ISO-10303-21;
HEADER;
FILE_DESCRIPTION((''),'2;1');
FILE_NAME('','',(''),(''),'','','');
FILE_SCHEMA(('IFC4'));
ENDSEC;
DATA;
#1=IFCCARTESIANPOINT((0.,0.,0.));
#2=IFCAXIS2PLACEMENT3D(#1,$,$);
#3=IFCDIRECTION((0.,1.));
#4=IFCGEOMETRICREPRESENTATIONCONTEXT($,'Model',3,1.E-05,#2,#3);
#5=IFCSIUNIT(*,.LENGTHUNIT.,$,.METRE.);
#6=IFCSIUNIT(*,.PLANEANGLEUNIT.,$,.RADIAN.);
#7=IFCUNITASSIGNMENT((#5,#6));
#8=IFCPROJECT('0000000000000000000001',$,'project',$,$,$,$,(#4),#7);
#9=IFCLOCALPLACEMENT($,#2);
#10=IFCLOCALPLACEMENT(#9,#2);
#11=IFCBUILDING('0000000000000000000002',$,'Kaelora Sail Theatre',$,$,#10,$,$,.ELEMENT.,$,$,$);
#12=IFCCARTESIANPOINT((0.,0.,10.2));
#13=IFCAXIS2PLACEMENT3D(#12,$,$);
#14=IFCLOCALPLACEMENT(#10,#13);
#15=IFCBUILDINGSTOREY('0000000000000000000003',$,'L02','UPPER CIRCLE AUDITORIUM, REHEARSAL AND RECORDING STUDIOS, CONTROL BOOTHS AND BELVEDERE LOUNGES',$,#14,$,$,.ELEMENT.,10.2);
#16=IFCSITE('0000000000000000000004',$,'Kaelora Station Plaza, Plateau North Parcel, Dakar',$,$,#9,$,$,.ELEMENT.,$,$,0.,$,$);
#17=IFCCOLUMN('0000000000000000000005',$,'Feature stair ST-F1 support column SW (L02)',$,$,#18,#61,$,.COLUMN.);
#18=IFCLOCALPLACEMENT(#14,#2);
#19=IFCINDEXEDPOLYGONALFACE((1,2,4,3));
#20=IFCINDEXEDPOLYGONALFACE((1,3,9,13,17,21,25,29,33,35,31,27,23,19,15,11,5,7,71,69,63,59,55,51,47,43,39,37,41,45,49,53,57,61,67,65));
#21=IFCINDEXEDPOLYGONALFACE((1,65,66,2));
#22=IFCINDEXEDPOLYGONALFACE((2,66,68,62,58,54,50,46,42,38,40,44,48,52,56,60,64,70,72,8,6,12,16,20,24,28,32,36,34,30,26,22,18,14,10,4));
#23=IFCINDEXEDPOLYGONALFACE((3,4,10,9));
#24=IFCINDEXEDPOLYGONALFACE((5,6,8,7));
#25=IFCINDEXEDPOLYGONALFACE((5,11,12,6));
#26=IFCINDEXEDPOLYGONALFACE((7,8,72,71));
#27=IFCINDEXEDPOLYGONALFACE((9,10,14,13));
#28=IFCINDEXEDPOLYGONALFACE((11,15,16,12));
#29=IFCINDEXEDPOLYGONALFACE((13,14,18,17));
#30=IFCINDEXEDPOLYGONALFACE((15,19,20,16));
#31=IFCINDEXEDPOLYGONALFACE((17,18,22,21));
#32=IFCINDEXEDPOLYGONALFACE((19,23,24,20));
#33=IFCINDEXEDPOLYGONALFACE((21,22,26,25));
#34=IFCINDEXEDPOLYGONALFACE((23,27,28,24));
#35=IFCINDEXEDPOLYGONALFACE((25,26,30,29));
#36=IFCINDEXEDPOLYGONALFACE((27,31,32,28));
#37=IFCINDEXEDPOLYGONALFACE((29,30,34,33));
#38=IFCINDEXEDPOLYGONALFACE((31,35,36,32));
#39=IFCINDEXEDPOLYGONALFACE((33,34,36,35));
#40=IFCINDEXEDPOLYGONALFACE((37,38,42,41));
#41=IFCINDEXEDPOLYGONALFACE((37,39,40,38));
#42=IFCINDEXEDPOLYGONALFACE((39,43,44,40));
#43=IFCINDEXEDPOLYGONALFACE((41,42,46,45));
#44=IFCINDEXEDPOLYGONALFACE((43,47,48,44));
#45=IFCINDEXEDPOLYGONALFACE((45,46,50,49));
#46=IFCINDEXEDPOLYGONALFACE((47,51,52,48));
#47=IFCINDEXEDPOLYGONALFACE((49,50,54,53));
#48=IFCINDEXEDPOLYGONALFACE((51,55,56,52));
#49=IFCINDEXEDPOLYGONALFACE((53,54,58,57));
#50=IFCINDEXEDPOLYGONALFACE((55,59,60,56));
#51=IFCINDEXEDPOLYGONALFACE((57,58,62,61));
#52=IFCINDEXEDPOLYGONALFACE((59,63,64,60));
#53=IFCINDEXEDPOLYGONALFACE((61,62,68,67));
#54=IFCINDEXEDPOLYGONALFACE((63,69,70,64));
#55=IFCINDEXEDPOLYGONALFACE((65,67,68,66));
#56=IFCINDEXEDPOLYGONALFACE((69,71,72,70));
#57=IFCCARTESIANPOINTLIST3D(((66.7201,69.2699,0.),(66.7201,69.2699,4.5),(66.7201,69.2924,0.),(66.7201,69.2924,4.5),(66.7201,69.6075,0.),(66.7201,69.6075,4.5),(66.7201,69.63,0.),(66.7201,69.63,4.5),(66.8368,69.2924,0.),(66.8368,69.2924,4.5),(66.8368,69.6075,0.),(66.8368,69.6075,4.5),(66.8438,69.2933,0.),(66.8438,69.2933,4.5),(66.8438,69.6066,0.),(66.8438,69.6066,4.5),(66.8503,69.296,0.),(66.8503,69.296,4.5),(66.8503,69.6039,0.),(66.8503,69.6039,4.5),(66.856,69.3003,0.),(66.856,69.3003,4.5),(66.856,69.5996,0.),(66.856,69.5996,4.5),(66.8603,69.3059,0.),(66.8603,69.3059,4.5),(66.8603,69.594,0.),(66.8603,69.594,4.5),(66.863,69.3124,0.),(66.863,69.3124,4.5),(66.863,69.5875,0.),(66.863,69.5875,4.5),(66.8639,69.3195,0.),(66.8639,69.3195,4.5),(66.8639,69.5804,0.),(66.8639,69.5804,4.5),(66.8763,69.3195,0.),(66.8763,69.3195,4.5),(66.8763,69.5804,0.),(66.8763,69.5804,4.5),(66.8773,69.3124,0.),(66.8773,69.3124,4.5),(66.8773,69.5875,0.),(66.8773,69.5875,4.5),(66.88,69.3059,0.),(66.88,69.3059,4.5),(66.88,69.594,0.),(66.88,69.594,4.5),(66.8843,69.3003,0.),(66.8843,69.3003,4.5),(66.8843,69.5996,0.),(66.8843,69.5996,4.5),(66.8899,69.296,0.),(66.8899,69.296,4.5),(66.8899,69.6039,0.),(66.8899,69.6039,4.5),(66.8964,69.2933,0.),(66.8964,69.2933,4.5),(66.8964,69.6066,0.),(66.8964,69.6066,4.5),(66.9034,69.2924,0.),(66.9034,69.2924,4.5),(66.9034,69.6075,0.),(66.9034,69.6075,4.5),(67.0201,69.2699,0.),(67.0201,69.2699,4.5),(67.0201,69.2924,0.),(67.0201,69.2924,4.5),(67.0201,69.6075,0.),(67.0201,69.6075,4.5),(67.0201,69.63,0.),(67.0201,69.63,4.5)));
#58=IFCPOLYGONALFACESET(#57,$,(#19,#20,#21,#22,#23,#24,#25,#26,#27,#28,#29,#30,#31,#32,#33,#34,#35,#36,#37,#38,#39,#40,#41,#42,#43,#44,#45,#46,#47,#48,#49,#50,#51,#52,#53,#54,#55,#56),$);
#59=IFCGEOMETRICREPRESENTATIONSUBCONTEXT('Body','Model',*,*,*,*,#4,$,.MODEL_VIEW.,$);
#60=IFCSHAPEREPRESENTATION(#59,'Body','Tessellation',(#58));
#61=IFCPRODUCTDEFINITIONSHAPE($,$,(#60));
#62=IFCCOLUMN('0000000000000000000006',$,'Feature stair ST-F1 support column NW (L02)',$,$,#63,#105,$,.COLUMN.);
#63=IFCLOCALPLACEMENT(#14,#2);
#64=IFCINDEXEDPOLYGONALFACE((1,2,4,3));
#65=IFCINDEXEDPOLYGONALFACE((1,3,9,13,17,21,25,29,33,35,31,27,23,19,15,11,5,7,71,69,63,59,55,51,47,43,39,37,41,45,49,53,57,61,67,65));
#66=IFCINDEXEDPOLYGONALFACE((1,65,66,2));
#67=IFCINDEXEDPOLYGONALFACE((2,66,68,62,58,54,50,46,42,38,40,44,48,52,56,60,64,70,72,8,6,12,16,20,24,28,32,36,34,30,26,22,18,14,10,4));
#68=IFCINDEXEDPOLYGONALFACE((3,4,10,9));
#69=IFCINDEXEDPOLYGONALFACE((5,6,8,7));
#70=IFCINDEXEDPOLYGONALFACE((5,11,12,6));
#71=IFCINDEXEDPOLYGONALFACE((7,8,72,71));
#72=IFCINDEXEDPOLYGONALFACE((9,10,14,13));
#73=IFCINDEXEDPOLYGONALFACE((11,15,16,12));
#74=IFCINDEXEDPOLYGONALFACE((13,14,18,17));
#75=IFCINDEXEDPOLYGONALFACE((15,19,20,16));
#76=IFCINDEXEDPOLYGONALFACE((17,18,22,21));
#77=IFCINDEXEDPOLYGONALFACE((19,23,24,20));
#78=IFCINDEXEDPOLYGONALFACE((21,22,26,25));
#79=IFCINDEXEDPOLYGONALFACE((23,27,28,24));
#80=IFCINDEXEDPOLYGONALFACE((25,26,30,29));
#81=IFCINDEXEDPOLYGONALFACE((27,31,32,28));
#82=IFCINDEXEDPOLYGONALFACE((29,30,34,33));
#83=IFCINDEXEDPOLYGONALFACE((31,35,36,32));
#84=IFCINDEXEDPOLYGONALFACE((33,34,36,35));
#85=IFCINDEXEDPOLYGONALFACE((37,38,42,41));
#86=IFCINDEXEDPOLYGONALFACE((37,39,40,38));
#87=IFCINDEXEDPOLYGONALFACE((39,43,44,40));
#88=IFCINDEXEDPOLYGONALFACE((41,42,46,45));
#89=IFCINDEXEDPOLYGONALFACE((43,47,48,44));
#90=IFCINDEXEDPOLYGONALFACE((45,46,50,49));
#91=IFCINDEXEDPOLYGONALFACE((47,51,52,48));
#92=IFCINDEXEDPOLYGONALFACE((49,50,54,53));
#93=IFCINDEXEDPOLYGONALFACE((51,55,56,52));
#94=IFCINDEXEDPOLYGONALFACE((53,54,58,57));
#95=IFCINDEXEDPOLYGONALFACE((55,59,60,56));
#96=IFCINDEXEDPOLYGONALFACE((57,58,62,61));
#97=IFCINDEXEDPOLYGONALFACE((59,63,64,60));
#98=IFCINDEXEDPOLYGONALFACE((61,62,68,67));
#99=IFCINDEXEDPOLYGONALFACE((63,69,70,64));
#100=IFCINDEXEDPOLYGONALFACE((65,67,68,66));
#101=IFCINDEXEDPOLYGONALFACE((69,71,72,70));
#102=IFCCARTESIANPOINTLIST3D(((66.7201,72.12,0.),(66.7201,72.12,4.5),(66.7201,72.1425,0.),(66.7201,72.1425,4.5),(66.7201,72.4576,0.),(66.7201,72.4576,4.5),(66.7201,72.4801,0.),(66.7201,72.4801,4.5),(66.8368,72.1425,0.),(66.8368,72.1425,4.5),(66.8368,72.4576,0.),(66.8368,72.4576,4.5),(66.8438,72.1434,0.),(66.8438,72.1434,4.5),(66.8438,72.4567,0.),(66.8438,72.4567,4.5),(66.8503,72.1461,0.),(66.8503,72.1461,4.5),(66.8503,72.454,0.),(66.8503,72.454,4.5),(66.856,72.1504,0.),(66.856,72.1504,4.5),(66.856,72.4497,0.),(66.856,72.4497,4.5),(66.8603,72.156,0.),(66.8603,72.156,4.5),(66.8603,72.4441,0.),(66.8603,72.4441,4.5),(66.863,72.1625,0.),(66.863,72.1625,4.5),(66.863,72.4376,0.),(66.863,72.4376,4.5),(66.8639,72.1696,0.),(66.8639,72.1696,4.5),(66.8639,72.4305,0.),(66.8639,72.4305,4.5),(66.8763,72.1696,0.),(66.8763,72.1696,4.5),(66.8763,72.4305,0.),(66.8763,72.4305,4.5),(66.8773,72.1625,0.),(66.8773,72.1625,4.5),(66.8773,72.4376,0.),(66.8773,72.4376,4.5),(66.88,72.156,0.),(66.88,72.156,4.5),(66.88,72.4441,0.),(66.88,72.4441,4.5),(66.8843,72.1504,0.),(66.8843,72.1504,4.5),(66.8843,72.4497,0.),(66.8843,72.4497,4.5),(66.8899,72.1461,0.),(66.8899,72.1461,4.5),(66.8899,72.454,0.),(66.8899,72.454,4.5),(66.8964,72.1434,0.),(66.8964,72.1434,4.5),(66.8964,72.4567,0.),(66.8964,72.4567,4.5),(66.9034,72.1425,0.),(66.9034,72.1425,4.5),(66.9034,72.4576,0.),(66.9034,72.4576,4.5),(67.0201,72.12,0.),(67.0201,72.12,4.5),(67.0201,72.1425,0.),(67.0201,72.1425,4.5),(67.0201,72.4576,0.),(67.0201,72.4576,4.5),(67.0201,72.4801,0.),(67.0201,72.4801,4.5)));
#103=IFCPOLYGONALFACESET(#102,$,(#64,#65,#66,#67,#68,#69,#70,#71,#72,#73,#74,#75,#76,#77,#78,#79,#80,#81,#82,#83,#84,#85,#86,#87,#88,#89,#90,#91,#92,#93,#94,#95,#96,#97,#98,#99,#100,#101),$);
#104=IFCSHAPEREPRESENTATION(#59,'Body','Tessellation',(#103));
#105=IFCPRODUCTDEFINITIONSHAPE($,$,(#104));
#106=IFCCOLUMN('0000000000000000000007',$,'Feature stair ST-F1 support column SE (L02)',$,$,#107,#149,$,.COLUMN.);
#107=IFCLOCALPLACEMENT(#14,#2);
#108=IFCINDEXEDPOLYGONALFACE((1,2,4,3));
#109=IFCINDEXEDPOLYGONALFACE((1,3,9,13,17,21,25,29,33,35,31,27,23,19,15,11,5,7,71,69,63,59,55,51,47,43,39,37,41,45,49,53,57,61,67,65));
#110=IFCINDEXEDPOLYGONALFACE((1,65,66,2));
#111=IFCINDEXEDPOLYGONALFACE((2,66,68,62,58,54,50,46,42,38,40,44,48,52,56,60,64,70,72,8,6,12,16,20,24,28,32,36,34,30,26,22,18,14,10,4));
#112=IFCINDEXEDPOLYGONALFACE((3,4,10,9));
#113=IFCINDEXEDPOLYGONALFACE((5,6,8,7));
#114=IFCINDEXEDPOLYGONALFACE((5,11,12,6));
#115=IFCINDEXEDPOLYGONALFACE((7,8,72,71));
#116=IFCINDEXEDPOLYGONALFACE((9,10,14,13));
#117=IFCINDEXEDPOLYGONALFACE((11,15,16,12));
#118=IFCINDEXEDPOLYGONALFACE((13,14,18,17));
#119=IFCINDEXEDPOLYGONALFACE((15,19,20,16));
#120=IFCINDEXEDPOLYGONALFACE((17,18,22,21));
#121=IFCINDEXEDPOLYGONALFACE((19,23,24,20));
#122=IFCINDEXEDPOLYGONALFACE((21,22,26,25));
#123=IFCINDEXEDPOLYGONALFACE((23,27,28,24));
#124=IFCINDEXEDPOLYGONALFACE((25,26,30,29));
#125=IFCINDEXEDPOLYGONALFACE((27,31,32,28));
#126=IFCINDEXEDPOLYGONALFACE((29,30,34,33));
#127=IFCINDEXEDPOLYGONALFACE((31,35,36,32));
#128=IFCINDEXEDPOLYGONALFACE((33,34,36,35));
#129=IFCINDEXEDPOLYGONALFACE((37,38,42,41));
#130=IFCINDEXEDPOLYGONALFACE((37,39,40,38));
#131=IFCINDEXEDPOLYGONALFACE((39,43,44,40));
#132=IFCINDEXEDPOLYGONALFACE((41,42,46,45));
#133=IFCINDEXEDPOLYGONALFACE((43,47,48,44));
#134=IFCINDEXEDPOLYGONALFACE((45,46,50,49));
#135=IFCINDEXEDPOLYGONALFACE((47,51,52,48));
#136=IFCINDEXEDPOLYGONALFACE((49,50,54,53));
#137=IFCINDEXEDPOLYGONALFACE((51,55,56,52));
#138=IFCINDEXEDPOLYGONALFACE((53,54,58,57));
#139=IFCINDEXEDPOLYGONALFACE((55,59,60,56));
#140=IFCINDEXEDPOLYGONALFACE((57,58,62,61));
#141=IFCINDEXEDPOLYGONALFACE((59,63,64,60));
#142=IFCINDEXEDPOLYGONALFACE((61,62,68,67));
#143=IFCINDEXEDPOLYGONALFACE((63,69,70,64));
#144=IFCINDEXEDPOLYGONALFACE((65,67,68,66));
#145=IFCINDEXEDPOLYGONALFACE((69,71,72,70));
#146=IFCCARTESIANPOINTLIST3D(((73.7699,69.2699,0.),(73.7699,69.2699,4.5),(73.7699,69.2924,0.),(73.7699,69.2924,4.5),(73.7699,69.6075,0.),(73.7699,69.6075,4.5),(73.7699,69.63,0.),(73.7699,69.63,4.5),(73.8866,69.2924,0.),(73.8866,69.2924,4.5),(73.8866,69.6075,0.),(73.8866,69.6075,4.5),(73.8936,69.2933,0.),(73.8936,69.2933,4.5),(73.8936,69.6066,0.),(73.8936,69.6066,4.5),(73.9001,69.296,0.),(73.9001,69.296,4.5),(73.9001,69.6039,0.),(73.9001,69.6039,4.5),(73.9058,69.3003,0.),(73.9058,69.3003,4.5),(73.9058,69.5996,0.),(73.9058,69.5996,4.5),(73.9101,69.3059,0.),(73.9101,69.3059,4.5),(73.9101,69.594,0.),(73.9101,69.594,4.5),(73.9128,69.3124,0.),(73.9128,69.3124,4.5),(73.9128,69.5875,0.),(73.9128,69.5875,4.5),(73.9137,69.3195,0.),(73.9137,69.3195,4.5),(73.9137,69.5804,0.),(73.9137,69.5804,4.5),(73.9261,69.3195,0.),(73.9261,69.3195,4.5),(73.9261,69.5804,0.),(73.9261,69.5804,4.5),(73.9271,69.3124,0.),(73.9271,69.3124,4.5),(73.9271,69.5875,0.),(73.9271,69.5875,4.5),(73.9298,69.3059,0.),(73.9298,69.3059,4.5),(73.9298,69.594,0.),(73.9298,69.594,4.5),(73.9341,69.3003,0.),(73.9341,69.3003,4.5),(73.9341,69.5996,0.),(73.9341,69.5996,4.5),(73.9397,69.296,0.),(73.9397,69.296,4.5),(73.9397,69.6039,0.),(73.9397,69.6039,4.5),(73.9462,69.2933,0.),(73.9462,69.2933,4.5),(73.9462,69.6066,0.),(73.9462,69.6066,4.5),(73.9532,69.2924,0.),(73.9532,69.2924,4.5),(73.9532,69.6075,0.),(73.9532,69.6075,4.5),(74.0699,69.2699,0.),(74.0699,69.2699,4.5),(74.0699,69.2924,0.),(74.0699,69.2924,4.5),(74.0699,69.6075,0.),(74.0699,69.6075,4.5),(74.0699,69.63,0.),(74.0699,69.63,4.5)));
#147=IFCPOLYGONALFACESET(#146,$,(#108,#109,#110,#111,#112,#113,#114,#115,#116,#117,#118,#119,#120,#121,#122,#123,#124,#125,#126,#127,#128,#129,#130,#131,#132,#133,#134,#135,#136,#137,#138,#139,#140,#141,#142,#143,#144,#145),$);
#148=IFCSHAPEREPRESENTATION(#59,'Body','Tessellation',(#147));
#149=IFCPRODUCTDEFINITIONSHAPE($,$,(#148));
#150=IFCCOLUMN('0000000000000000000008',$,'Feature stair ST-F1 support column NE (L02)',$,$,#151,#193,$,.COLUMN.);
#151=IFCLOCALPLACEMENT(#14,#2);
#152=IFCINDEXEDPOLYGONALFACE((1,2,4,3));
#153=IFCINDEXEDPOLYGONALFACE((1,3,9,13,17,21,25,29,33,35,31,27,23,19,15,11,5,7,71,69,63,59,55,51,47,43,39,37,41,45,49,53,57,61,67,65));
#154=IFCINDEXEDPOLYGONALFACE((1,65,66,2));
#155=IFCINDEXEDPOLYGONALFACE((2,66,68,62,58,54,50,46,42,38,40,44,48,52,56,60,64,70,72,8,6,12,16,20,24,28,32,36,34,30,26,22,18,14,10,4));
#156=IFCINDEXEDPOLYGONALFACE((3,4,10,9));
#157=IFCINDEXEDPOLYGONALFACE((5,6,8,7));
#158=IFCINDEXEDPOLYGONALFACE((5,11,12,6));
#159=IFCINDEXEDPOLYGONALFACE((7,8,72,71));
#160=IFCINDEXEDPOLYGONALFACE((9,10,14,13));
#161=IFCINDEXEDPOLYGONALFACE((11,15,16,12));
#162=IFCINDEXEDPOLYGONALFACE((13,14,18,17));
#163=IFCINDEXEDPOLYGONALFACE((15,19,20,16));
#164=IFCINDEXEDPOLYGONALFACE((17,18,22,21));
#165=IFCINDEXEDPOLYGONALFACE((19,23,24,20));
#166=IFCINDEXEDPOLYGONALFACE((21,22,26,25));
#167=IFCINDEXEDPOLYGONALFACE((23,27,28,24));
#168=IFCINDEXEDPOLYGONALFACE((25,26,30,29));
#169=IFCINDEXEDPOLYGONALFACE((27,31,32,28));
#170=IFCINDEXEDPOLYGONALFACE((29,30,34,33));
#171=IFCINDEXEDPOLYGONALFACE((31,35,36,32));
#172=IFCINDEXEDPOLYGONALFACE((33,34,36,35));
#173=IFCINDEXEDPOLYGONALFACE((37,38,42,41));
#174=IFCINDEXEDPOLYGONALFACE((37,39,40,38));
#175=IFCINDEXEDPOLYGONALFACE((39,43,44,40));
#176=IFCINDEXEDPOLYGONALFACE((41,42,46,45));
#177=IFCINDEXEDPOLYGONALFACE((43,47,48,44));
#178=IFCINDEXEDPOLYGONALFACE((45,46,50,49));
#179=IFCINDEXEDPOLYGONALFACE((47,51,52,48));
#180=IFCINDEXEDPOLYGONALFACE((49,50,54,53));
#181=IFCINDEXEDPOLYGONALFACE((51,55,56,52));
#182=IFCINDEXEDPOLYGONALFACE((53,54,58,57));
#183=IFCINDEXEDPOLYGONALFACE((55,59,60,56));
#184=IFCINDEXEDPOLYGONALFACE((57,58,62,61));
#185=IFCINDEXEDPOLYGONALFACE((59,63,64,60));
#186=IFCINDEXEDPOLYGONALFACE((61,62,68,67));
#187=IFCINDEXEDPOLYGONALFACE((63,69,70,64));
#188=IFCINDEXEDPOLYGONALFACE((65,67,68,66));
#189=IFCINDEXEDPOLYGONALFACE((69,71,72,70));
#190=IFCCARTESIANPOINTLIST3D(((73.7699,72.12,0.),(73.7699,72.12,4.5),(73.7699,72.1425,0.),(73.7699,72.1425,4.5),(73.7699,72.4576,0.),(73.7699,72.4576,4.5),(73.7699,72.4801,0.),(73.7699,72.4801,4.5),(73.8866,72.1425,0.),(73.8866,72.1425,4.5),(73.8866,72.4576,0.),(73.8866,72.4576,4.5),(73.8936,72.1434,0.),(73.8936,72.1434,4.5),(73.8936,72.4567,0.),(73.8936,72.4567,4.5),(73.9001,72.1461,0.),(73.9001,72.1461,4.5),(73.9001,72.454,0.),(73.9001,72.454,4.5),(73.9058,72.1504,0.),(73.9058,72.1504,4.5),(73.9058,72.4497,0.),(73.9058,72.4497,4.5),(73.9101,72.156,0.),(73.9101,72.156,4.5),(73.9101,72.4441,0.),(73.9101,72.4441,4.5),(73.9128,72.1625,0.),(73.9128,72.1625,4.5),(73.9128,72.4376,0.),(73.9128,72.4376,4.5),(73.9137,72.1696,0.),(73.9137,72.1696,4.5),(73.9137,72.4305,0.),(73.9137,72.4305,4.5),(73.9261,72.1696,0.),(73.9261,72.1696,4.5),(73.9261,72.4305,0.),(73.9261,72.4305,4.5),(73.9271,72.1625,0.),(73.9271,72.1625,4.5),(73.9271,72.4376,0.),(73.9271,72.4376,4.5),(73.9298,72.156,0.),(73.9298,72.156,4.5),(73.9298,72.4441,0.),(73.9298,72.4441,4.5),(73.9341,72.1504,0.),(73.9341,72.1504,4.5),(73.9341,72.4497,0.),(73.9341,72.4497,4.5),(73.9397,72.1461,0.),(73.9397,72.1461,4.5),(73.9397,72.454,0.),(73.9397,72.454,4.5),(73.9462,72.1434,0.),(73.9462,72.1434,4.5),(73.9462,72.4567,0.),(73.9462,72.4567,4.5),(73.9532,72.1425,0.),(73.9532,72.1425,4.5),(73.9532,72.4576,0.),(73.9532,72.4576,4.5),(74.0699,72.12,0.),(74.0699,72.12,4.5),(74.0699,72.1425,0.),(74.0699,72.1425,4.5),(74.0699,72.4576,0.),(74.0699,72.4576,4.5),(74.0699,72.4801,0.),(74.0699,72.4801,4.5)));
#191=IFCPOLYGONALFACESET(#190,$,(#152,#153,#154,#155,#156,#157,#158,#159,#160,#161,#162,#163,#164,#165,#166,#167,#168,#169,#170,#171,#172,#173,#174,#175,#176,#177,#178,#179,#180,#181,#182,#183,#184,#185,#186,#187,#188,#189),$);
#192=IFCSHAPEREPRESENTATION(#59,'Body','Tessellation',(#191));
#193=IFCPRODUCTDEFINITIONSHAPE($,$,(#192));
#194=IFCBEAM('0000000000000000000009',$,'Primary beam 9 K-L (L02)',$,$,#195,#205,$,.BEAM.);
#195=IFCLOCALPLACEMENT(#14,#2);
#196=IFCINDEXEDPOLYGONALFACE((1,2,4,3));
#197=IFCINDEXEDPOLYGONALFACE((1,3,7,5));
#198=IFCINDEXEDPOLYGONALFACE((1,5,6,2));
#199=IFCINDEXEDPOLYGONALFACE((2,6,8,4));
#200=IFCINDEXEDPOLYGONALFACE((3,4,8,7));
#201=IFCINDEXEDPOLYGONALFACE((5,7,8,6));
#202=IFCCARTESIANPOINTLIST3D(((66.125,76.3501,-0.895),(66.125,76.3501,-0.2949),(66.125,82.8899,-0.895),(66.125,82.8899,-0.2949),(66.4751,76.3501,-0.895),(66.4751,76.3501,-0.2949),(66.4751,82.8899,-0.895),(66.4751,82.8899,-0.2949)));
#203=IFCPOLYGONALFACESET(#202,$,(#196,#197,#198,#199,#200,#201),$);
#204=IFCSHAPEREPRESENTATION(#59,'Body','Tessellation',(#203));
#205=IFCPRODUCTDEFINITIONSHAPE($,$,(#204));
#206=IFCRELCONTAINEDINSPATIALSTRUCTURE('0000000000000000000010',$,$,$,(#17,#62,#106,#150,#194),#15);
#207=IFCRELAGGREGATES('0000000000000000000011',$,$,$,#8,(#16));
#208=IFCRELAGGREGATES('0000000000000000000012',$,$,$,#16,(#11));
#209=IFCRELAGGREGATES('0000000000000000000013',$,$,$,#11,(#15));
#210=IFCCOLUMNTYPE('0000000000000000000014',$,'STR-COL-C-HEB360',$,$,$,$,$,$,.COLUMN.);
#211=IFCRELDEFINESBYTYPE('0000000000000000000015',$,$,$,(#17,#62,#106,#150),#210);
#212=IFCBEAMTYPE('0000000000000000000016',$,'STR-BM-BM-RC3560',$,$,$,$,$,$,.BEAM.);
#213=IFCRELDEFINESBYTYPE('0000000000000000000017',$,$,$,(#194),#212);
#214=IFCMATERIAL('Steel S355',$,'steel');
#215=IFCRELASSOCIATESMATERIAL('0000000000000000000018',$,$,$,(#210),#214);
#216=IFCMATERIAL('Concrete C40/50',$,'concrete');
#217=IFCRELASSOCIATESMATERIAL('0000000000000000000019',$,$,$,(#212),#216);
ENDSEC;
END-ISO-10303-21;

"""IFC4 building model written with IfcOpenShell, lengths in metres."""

from ifc_helpers import new_model, si_unit, direction, frame, origin, origin_2d, place, context, subcontext, project, spatial, rectangle, i_section, extrude, material, material_profile, profile_set, type_object, element, save


model = new_model("IFC4")

# Units and contexts
model_context = context("Model", 3, precision=1e-05, world=origin(), true_north=direction((0.0, 1.0)))
body_context = subcontext(model_context, "Body", "Model", "MODEL_VIEW")
ifc_project = project(units=[si_unit("LENGTHUNIT", "METRE"), si_unit("PLANEANGLEUNIT", "RADIAN")], contexts=[model_context])

# Site, building, storey
site_placement = place(None, origin())
site = spatial("IfcSite", under=ifc_project, at=site_placement, Name="Kaelora Station Plaza, Plateau North Parcel, Dakar", CompositionType="ELEMENT", RefElevation=0.0)
building_placement = place(site_placement, origin())
building = spatial("IfcBuilding", under=site, at=building_placement, Name="Kaelora Sail Theatre", CompositionType="ELEMENT")
storey_placement = place(building_placement, frame((0.0, 0.0, 10.2)))
storey = spatial("IfcBuildingStorey", under=building, at=storey_placement, Name="L02", Description="UPPER CIRCLE AUDITORIUM, REHEARSAL AND RECORDING STUDIOS, CONTROL BOOTHS AND BELVEDERE LOUNGES", CompositionType="ELEMENT", Elevation=10.2)

# Columns
ifc_material_1 = material(Name="Steel S355", Category="steel")
ifc_material_profile_1 = material_profile(ifc_material_1, i_section(OverallWidth=0.3, OverallDepth=0.3601, WebThickness=0.0125, FlangeThickness=0.0225, FilletRadius=0.0271, at=origin_2d()), Name="HEB 360")
ifc_profile_set_1 = profile_set([ifc_material_profile_1], Name="Steel S355")
column_type = type_object("IfcColumnType", Name="STR-COL-C-HEB360", PredefinedType="COLUMN", material=ifc_profile_set_1)
for number, where, z_axis, x_axis, name in (
    (1, (66.8701, 69.45, 0.0), (0.0, 0.0, 1.0), (1.0, 0.0, 0.0), "Feature stair ST-F1 support column SW (L02)"),
    (2, (66.8701, 72.3, 0.0), (0.0, 0.0, 1.0), (1.0, 0.0, 0.0), "Feature stair ST-F1 support column NW (L02)"),
    (3, (73.9199, 69.45, 0.0), (0.0, 0.0, 1.0), (1.0, 0.0, 0.0), "Feature stair ST-F1 support column SE (L02)"),
    (4, (73.9199, 72.3, 0.0), (0.0, 0.0, 1.0), (1.0, 0.0, 0.0), "Feature stair ST-F1 support column NE (L02)"),
):
    element("IfcColumn", number, at=place(storey_placement, frame(where, z_axis=z_axis, x_axis=x_axis)), inside=storey, type_object=column_type, Name=name, PredefinedType="COLUMN", context=body_context, shape_type="SweptSolid", body=[
        extrude(i_section(OverallWidth=0.3, OverallDepth=0.3601, WebThickness=0.0125, FlangeThickness=0.0225, FilletRadius=0.0271, at=origin_2d()), origin(), (0.0, 0.0, 1.0), 4.5),
    ])

# Beam
ifc_material_2 = material(Name="Concrete C40/50", Category="concrete")
ifc_material_profile_2 = material_profile(ifc_material_2, rectangle(XDim=0.3501, YDim=0.6001, at=origin_2d()), Name="RC-BM 350x600")
ifc_profile_set_2 = profile_set([ifc_material_profile_2], Name="Concrete C40/50")
beam_type_1 = type_object("IfcBeamType", Name="STR-BM-BM-RC3560", PredefinedType="BEAM", material=ifc_profile_set_2)
beam_placement = place(storey_placement, frame((66.3, 76.3501, -0.595), z_axis=(0.0, 1.0, 0.0), x_axis=(-1.0, 0.0, 0.0)))
element("IfcBeam", 5, at=beam_placement, inside=storey, type_object=beam_type_1, Name="Primary beam 9 K-L (L02)", PredefinedType="BEAM", context=body_context, shape_type="SweptSolid", body=[
    extrude(rectangle(XDim=0.3501, YDim=0.6001, at=origin_2d()), origin(), (0.0, 0.0, 1.0), 6.5398),
])

save(model, "model.ifc")
